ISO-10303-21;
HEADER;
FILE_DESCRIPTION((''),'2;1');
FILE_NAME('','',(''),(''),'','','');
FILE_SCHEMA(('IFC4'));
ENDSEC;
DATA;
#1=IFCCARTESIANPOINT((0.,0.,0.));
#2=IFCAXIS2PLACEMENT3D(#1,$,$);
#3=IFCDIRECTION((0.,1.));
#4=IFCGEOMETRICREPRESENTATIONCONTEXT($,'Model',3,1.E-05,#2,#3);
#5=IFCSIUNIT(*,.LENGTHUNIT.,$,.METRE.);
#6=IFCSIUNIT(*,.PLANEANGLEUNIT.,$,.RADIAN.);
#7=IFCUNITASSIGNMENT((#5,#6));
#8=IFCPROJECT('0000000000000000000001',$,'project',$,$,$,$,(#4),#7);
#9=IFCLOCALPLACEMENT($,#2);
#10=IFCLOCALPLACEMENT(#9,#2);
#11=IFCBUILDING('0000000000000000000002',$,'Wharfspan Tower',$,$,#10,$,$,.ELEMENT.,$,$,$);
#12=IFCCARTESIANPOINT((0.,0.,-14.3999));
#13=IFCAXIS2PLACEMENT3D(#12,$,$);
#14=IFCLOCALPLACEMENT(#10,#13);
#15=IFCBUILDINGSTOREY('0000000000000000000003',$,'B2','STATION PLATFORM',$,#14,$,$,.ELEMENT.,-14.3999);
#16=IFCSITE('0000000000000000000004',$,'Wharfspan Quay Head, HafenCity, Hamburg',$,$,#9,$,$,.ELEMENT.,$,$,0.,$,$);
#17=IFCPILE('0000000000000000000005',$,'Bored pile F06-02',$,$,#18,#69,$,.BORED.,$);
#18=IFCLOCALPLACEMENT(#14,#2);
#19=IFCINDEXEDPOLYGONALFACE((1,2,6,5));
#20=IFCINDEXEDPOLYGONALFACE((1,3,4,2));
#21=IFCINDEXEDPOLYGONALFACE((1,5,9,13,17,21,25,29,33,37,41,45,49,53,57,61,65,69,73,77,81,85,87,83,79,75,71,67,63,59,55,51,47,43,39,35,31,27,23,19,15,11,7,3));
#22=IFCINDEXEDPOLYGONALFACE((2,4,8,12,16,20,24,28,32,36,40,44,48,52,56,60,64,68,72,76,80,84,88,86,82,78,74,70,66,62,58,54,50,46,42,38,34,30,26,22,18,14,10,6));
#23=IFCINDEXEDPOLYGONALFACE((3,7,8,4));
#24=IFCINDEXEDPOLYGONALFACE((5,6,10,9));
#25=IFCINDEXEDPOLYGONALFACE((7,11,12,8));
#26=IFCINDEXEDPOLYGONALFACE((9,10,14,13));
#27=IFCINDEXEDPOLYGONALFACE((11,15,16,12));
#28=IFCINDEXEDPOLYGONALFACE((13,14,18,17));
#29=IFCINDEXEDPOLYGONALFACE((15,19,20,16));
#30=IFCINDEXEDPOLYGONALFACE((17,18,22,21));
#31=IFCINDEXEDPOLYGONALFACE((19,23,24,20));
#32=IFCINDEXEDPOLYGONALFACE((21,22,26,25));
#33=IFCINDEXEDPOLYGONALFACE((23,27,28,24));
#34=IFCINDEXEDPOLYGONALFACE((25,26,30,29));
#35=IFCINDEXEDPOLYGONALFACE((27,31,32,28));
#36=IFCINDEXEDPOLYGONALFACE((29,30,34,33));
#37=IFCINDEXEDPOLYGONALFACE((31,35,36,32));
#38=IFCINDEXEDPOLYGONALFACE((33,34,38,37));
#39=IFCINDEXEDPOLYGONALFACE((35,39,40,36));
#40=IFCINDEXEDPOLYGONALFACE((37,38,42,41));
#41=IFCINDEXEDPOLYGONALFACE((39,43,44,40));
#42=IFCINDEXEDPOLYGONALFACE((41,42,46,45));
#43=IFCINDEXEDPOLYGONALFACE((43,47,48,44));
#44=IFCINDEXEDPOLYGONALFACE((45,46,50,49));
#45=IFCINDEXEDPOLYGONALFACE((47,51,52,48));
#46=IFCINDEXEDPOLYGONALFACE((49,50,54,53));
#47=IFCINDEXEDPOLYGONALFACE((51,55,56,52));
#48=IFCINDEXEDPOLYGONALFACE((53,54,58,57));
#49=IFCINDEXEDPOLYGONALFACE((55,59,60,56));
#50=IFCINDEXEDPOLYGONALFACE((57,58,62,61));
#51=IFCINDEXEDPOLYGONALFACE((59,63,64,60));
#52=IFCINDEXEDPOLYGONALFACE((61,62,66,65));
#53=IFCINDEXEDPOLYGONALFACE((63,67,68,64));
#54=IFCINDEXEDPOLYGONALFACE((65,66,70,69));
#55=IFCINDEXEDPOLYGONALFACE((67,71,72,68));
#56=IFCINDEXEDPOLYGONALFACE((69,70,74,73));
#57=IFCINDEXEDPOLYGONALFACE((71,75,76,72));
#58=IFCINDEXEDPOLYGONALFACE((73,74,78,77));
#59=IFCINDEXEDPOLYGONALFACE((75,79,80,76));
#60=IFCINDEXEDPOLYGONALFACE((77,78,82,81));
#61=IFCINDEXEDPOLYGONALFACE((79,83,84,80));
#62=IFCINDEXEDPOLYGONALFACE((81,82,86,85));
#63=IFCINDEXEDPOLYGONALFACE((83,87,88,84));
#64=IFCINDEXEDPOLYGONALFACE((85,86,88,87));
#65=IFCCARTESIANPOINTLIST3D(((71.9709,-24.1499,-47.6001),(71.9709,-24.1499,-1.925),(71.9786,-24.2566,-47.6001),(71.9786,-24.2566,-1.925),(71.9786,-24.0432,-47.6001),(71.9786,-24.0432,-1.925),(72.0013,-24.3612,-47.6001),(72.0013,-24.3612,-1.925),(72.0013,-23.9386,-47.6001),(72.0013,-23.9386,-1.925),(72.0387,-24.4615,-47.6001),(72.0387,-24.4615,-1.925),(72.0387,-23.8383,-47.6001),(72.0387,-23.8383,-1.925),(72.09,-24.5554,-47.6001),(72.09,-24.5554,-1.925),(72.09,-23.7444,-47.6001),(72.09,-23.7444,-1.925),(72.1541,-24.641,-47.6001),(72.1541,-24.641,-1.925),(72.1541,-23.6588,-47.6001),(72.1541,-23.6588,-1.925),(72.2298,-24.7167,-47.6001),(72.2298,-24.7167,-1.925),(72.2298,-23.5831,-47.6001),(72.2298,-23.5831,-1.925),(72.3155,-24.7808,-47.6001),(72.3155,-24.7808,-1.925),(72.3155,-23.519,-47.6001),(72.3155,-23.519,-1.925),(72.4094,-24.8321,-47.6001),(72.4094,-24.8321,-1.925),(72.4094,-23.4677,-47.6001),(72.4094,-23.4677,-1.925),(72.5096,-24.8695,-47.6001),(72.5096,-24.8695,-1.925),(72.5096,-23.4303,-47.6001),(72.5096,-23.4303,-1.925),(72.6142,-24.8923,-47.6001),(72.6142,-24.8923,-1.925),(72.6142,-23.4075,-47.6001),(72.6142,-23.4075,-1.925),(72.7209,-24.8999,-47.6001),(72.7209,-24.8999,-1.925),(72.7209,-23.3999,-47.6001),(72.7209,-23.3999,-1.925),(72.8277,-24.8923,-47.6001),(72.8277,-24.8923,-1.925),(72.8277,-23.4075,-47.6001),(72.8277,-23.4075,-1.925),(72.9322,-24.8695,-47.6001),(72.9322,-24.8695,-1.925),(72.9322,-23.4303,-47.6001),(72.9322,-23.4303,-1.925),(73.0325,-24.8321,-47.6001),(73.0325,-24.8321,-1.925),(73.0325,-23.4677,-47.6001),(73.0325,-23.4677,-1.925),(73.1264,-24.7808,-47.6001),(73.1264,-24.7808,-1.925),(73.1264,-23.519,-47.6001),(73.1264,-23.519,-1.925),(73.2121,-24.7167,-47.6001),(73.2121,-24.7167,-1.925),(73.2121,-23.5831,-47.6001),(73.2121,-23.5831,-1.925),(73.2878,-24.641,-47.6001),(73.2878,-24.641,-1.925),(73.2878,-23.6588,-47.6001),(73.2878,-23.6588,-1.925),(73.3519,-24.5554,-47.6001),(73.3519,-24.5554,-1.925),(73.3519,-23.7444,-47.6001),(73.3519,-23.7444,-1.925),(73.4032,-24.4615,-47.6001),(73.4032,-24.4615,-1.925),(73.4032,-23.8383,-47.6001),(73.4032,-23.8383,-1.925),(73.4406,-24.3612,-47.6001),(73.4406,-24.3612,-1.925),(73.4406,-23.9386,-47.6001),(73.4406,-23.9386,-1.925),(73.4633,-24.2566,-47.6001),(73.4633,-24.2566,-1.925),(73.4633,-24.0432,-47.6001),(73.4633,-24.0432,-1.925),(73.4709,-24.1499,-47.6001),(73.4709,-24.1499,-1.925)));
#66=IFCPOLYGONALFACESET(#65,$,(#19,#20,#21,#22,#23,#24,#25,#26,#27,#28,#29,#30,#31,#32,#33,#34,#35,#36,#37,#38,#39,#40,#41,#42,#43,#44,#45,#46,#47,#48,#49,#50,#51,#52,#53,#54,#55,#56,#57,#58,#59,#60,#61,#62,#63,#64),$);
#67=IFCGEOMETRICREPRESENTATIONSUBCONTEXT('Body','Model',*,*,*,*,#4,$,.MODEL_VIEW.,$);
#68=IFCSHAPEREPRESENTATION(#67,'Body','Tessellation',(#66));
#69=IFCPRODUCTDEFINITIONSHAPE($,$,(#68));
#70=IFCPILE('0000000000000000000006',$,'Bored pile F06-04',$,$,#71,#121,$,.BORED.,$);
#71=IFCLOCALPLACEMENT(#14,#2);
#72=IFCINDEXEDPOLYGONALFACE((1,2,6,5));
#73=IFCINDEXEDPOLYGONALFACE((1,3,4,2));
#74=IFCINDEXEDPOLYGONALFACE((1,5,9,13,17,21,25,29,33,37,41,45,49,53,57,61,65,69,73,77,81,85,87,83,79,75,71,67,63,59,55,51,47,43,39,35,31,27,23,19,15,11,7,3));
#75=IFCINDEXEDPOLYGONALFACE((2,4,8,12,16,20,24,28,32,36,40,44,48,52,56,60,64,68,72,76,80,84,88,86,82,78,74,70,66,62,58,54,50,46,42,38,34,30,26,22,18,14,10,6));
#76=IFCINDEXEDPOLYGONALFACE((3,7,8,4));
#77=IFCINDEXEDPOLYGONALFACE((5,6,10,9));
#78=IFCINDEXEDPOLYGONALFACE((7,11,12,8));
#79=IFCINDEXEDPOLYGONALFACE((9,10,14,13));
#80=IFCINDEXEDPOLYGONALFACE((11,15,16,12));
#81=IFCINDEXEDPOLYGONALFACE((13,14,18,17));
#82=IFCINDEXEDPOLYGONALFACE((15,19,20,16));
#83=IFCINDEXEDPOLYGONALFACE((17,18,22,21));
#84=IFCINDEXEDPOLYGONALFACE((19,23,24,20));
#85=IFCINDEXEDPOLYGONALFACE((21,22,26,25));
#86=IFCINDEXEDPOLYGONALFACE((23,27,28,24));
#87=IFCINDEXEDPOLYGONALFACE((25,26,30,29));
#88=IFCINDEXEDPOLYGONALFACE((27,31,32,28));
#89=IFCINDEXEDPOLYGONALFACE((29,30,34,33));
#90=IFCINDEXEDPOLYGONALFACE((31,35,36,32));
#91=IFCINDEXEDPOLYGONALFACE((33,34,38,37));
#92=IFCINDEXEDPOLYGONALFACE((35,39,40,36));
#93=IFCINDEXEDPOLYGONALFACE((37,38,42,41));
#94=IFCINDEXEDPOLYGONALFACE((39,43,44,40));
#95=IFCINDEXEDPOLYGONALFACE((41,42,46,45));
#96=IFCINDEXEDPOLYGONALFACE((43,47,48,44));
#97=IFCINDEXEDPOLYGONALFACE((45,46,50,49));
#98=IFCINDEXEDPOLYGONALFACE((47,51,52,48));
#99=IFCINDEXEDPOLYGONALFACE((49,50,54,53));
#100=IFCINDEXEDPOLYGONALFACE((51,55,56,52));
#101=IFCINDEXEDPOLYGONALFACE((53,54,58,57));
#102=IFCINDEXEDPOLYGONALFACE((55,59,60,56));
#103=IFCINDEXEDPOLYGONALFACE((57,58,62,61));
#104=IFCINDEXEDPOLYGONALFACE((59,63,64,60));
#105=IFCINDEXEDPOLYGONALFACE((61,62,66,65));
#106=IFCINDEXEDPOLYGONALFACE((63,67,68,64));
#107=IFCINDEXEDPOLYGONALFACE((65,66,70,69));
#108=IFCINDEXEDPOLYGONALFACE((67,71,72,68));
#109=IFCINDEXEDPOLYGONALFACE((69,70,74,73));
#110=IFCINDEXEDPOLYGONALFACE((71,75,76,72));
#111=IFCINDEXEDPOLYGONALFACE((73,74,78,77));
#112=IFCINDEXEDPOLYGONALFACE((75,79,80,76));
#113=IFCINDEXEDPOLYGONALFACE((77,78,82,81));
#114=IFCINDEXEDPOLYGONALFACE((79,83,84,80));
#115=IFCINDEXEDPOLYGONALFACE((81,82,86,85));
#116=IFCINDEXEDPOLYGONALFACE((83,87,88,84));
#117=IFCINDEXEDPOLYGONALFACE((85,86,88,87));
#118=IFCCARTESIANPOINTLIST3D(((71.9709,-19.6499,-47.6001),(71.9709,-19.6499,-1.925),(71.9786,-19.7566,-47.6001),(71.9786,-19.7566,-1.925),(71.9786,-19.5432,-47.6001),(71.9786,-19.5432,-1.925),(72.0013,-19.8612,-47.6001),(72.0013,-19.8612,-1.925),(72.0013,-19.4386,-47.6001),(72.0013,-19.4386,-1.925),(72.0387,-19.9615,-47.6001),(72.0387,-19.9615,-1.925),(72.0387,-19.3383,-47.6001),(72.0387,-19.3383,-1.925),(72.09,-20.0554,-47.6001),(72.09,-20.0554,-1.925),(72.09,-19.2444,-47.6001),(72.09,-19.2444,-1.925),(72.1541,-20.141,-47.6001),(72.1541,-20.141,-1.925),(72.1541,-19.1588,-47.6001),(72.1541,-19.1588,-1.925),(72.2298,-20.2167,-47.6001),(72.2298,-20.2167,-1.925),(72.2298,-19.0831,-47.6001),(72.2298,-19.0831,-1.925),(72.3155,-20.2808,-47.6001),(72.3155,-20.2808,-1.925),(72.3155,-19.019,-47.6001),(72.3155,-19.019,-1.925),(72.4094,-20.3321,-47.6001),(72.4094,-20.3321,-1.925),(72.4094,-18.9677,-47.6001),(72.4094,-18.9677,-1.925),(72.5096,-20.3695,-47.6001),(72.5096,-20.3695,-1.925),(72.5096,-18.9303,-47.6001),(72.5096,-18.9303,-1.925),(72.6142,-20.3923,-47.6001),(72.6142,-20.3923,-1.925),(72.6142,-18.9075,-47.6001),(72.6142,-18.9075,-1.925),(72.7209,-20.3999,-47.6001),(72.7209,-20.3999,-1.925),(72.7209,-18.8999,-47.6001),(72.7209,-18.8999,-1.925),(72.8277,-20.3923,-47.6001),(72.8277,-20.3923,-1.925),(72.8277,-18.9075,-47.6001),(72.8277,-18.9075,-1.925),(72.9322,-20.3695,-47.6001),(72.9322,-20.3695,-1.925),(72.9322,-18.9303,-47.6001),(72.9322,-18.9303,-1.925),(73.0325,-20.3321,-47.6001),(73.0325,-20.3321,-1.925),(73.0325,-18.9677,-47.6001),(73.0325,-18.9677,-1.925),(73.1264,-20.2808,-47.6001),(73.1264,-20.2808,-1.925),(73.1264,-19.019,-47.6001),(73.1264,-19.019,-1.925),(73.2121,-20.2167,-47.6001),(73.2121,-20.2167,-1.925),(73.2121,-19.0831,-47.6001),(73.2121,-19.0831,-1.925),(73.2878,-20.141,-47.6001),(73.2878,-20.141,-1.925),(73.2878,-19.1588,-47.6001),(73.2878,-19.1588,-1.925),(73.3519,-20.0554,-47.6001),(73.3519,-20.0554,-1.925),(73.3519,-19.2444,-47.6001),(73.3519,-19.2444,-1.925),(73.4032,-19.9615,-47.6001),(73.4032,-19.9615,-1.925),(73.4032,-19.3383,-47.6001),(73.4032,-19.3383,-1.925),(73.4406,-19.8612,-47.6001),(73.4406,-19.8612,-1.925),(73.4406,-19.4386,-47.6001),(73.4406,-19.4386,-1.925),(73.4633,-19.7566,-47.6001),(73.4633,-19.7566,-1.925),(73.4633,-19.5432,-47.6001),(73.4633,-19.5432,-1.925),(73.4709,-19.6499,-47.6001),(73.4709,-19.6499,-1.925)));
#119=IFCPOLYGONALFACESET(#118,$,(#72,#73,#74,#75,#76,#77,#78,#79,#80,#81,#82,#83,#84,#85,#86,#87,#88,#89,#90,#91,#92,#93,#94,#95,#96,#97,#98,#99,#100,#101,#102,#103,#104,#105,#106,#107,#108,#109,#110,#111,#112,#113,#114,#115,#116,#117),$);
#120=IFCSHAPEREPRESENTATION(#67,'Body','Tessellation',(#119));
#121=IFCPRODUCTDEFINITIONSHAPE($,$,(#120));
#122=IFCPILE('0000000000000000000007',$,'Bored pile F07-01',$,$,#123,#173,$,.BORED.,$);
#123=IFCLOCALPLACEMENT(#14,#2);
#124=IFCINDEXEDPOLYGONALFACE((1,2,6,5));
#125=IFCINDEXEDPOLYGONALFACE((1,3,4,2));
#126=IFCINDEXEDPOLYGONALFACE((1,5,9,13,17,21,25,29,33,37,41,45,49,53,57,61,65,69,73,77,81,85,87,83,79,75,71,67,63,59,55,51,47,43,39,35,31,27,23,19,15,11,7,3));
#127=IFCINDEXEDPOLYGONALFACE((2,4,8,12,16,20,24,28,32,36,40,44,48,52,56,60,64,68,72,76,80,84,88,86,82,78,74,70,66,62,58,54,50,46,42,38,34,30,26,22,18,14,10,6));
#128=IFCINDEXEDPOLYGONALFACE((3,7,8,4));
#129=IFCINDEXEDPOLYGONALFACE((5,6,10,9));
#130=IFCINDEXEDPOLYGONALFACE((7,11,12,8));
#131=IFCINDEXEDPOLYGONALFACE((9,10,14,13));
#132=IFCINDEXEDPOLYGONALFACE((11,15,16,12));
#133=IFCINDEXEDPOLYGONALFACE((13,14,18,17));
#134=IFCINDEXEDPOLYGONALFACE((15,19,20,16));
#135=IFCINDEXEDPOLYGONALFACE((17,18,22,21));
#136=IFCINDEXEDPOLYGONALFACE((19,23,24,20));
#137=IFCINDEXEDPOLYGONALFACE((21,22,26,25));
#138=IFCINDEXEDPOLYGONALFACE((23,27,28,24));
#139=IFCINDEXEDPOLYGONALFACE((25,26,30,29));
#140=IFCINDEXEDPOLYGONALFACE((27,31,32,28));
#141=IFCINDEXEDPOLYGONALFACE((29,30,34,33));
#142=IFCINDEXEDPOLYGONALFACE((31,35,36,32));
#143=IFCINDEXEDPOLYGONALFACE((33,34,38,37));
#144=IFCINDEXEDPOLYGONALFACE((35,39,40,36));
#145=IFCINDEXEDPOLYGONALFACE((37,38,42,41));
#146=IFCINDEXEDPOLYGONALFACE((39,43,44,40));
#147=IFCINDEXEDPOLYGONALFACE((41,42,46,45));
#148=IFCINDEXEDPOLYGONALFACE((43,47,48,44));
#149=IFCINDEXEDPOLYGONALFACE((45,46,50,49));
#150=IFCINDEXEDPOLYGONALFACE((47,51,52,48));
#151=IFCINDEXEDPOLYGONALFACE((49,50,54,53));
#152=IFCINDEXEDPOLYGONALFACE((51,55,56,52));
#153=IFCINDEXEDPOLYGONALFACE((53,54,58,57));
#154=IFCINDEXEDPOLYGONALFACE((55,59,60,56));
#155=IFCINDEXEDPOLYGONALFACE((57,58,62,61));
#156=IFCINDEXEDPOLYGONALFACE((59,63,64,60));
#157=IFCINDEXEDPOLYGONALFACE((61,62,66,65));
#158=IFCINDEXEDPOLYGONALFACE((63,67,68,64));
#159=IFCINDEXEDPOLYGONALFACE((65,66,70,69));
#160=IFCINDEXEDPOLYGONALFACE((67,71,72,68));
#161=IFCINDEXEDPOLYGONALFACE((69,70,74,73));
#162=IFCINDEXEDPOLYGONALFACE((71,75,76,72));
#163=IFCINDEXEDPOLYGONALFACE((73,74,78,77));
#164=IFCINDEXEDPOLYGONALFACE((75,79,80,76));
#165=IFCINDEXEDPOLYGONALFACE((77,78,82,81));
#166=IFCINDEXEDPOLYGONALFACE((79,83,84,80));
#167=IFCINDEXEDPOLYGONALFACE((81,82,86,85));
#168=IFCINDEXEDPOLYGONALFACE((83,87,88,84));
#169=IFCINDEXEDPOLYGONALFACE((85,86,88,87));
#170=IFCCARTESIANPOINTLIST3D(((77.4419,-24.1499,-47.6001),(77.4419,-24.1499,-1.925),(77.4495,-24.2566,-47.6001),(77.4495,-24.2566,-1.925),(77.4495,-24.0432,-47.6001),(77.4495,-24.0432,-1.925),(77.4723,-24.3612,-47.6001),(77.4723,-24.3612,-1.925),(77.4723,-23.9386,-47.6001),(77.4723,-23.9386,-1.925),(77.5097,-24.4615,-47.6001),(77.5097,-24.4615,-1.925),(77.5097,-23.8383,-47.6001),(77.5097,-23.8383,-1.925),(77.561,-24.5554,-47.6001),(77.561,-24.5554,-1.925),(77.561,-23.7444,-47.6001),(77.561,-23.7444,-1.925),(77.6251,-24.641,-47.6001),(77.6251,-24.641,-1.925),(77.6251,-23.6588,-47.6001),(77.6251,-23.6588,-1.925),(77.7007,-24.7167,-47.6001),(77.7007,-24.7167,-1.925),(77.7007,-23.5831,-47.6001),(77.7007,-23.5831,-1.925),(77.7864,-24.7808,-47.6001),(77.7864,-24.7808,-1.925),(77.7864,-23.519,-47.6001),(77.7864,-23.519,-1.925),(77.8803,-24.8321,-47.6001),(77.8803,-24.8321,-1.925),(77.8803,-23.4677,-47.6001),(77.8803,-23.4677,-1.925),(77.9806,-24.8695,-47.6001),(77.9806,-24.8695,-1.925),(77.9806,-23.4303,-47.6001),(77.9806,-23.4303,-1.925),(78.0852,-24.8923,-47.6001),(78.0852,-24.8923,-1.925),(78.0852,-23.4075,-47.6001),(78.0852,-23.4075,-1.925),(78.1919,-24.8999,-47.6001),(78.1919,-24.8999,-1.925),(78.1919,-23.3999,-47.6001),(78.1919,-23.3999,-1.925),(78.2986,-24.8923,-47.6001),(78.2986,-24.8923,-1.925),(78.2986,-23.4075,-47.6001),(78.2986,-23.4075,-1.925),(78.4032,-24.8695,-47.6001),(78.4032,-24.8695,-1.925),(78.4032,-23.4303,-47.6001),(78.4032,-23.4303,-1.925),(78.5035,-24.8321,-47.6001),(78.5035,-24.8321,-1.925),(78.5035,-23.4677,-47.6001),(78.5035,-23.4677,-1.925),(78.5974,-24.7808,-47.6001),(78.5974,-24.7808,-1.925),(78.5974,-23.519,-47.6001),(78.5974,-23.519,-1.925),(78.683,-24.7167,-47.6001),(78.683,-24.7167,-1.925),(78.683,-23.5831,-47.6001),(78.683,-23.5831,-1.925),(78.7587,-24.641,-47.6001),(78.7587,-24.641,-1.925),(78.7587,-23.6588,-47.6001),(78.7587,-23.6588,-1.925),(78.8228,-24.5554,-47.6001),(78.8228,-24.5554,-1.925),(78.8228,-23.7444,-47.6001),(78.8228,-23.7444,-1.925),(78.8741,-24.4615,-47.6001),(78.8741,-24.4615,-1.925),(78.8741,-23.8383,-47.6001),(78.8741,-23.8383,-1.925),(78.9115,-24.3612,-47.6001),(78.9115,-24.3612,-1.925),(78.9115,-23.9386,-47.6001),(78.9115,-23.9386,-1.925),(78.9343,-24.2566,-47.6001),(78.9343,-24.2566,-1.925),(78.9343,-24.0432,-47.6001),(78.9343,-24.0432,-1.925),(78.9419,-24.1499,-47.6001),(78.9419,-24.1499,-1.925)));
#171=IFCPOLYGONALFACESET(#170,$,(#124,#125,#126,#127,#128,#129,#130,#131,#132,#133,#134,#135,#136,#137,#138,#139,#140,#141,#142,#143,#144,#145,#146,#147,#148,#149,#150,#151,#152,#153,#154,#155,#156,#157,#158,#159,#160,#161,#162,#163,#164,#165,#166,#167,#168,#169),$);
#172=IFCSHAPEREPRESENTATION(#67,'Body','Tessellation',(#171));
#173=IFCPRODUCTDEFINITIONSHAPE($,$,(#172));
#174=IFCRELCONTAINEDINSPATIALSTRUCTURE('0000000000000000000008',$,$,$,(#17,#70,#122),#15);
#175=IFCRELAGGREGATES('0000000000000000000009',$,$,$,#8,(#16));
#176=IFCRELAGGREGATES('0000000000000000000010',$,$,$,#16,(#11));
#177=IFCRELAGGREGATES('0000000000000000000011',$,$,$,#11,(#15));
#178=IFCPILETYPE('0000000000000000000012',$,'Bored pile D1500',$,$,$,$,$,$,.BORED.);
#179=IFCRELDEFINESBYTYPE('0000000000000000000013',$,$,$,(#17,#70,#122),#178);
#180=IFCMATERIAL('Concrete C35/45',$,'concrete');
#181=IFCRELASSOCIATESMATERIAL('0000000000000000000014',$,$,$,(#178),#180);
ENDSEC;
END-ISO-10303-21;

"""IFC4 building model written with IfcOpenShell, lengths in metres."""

from ifc_helpers import new_model, si_unit, direction, frame, origin, origin_2d, place, context, subcontext, project, spatial, circle, extrude, material, material_profile, profile_set, type_object, element, save


model = new_model("IFC4")

# Units and contexts
model_context = context("Model", 3, precision=1e-05, world=origin(), true_north=direction((0.0, 1.0)))
body_context = subcontext(model_context, "Body", "Model", "MODEL_VIEW")
ifc_project = project(units=[si_unit("LENGTHUNIT", "METRE"), si_unit("PLANEANGLEUNIT", "RADIAN")], contexts=[model_context])

# Site, building, storey
site_placement = place(None, origin())
site = spatial("IfcSite", under=ifc_project, at=site_placement, Name="Wharfspan Quay Head, HafenCity, Hamburg", CompositionType="ELEMENT", RefElevation=0.0)
building_placement = place(site_placement, origin())
building = spatial("IfcBuilding", under=site, at=building_placement, Name="Wharfspan Tower", CompositionType="ELEMENT")
storey_placement = place(building_placement, frame((0.0, 0.0, -14.3999)))
storey = spatial("IfcBuildingStorey", under=building, at=storey_placement, Name="B2", Description="STATION PLATFORM", CompositionType="ELEMENT", Elevation=-14.3999)

# Piles
ifc_material_1 = material(Name="Concrete C35/45", Category="concrete")
ifc_material_profile_1 = material_profile(ifc_material_1, circle(Radius=0.75, at=origin_2d()))
ifc_profile_set_1 = profile_set([ifc_material_profile_1], Name="Concrete C35/45")
pile_type = type_object("IfcPileType", Name="Bored pile D1500", PredefinedType="BORED", material=ifc_profile_set_1)
for number, where, z_axis, x_axis, name in (
    (1, (72.7209, -24.1499, -1.925), (0.0, 0.0, -1.0), (1.0, 0.0, 0.0), "Bored pile F06-02"),
    (2, (72.7209, -19.6499, -1.925), (0.0, 0.0, -1.0), (1.0, 0.0, 0.0), "Bored pile F06-04"),
    (3, (78.1919, -24.1499, -1.925), (0.0, 0.0, -1.0), (1.0, 0.0, 0.0), "Bored pile F07-01"),
):
    element("IfcPile", number, at=place(storey_placement, frame(where, z_axis=z_axis, x_axis=x_axis)), inside=storey, type_object=pile_type, Name=name, PredefinedType="BORED", context=body_context, shape_type="SweptSolid", body=[
        extrude(circle(Radius=0.75, at=origin_2d()), origin(), (0.0, 0.0, 1.0), 45.675),
    ])

save(model, "model.ifc")
